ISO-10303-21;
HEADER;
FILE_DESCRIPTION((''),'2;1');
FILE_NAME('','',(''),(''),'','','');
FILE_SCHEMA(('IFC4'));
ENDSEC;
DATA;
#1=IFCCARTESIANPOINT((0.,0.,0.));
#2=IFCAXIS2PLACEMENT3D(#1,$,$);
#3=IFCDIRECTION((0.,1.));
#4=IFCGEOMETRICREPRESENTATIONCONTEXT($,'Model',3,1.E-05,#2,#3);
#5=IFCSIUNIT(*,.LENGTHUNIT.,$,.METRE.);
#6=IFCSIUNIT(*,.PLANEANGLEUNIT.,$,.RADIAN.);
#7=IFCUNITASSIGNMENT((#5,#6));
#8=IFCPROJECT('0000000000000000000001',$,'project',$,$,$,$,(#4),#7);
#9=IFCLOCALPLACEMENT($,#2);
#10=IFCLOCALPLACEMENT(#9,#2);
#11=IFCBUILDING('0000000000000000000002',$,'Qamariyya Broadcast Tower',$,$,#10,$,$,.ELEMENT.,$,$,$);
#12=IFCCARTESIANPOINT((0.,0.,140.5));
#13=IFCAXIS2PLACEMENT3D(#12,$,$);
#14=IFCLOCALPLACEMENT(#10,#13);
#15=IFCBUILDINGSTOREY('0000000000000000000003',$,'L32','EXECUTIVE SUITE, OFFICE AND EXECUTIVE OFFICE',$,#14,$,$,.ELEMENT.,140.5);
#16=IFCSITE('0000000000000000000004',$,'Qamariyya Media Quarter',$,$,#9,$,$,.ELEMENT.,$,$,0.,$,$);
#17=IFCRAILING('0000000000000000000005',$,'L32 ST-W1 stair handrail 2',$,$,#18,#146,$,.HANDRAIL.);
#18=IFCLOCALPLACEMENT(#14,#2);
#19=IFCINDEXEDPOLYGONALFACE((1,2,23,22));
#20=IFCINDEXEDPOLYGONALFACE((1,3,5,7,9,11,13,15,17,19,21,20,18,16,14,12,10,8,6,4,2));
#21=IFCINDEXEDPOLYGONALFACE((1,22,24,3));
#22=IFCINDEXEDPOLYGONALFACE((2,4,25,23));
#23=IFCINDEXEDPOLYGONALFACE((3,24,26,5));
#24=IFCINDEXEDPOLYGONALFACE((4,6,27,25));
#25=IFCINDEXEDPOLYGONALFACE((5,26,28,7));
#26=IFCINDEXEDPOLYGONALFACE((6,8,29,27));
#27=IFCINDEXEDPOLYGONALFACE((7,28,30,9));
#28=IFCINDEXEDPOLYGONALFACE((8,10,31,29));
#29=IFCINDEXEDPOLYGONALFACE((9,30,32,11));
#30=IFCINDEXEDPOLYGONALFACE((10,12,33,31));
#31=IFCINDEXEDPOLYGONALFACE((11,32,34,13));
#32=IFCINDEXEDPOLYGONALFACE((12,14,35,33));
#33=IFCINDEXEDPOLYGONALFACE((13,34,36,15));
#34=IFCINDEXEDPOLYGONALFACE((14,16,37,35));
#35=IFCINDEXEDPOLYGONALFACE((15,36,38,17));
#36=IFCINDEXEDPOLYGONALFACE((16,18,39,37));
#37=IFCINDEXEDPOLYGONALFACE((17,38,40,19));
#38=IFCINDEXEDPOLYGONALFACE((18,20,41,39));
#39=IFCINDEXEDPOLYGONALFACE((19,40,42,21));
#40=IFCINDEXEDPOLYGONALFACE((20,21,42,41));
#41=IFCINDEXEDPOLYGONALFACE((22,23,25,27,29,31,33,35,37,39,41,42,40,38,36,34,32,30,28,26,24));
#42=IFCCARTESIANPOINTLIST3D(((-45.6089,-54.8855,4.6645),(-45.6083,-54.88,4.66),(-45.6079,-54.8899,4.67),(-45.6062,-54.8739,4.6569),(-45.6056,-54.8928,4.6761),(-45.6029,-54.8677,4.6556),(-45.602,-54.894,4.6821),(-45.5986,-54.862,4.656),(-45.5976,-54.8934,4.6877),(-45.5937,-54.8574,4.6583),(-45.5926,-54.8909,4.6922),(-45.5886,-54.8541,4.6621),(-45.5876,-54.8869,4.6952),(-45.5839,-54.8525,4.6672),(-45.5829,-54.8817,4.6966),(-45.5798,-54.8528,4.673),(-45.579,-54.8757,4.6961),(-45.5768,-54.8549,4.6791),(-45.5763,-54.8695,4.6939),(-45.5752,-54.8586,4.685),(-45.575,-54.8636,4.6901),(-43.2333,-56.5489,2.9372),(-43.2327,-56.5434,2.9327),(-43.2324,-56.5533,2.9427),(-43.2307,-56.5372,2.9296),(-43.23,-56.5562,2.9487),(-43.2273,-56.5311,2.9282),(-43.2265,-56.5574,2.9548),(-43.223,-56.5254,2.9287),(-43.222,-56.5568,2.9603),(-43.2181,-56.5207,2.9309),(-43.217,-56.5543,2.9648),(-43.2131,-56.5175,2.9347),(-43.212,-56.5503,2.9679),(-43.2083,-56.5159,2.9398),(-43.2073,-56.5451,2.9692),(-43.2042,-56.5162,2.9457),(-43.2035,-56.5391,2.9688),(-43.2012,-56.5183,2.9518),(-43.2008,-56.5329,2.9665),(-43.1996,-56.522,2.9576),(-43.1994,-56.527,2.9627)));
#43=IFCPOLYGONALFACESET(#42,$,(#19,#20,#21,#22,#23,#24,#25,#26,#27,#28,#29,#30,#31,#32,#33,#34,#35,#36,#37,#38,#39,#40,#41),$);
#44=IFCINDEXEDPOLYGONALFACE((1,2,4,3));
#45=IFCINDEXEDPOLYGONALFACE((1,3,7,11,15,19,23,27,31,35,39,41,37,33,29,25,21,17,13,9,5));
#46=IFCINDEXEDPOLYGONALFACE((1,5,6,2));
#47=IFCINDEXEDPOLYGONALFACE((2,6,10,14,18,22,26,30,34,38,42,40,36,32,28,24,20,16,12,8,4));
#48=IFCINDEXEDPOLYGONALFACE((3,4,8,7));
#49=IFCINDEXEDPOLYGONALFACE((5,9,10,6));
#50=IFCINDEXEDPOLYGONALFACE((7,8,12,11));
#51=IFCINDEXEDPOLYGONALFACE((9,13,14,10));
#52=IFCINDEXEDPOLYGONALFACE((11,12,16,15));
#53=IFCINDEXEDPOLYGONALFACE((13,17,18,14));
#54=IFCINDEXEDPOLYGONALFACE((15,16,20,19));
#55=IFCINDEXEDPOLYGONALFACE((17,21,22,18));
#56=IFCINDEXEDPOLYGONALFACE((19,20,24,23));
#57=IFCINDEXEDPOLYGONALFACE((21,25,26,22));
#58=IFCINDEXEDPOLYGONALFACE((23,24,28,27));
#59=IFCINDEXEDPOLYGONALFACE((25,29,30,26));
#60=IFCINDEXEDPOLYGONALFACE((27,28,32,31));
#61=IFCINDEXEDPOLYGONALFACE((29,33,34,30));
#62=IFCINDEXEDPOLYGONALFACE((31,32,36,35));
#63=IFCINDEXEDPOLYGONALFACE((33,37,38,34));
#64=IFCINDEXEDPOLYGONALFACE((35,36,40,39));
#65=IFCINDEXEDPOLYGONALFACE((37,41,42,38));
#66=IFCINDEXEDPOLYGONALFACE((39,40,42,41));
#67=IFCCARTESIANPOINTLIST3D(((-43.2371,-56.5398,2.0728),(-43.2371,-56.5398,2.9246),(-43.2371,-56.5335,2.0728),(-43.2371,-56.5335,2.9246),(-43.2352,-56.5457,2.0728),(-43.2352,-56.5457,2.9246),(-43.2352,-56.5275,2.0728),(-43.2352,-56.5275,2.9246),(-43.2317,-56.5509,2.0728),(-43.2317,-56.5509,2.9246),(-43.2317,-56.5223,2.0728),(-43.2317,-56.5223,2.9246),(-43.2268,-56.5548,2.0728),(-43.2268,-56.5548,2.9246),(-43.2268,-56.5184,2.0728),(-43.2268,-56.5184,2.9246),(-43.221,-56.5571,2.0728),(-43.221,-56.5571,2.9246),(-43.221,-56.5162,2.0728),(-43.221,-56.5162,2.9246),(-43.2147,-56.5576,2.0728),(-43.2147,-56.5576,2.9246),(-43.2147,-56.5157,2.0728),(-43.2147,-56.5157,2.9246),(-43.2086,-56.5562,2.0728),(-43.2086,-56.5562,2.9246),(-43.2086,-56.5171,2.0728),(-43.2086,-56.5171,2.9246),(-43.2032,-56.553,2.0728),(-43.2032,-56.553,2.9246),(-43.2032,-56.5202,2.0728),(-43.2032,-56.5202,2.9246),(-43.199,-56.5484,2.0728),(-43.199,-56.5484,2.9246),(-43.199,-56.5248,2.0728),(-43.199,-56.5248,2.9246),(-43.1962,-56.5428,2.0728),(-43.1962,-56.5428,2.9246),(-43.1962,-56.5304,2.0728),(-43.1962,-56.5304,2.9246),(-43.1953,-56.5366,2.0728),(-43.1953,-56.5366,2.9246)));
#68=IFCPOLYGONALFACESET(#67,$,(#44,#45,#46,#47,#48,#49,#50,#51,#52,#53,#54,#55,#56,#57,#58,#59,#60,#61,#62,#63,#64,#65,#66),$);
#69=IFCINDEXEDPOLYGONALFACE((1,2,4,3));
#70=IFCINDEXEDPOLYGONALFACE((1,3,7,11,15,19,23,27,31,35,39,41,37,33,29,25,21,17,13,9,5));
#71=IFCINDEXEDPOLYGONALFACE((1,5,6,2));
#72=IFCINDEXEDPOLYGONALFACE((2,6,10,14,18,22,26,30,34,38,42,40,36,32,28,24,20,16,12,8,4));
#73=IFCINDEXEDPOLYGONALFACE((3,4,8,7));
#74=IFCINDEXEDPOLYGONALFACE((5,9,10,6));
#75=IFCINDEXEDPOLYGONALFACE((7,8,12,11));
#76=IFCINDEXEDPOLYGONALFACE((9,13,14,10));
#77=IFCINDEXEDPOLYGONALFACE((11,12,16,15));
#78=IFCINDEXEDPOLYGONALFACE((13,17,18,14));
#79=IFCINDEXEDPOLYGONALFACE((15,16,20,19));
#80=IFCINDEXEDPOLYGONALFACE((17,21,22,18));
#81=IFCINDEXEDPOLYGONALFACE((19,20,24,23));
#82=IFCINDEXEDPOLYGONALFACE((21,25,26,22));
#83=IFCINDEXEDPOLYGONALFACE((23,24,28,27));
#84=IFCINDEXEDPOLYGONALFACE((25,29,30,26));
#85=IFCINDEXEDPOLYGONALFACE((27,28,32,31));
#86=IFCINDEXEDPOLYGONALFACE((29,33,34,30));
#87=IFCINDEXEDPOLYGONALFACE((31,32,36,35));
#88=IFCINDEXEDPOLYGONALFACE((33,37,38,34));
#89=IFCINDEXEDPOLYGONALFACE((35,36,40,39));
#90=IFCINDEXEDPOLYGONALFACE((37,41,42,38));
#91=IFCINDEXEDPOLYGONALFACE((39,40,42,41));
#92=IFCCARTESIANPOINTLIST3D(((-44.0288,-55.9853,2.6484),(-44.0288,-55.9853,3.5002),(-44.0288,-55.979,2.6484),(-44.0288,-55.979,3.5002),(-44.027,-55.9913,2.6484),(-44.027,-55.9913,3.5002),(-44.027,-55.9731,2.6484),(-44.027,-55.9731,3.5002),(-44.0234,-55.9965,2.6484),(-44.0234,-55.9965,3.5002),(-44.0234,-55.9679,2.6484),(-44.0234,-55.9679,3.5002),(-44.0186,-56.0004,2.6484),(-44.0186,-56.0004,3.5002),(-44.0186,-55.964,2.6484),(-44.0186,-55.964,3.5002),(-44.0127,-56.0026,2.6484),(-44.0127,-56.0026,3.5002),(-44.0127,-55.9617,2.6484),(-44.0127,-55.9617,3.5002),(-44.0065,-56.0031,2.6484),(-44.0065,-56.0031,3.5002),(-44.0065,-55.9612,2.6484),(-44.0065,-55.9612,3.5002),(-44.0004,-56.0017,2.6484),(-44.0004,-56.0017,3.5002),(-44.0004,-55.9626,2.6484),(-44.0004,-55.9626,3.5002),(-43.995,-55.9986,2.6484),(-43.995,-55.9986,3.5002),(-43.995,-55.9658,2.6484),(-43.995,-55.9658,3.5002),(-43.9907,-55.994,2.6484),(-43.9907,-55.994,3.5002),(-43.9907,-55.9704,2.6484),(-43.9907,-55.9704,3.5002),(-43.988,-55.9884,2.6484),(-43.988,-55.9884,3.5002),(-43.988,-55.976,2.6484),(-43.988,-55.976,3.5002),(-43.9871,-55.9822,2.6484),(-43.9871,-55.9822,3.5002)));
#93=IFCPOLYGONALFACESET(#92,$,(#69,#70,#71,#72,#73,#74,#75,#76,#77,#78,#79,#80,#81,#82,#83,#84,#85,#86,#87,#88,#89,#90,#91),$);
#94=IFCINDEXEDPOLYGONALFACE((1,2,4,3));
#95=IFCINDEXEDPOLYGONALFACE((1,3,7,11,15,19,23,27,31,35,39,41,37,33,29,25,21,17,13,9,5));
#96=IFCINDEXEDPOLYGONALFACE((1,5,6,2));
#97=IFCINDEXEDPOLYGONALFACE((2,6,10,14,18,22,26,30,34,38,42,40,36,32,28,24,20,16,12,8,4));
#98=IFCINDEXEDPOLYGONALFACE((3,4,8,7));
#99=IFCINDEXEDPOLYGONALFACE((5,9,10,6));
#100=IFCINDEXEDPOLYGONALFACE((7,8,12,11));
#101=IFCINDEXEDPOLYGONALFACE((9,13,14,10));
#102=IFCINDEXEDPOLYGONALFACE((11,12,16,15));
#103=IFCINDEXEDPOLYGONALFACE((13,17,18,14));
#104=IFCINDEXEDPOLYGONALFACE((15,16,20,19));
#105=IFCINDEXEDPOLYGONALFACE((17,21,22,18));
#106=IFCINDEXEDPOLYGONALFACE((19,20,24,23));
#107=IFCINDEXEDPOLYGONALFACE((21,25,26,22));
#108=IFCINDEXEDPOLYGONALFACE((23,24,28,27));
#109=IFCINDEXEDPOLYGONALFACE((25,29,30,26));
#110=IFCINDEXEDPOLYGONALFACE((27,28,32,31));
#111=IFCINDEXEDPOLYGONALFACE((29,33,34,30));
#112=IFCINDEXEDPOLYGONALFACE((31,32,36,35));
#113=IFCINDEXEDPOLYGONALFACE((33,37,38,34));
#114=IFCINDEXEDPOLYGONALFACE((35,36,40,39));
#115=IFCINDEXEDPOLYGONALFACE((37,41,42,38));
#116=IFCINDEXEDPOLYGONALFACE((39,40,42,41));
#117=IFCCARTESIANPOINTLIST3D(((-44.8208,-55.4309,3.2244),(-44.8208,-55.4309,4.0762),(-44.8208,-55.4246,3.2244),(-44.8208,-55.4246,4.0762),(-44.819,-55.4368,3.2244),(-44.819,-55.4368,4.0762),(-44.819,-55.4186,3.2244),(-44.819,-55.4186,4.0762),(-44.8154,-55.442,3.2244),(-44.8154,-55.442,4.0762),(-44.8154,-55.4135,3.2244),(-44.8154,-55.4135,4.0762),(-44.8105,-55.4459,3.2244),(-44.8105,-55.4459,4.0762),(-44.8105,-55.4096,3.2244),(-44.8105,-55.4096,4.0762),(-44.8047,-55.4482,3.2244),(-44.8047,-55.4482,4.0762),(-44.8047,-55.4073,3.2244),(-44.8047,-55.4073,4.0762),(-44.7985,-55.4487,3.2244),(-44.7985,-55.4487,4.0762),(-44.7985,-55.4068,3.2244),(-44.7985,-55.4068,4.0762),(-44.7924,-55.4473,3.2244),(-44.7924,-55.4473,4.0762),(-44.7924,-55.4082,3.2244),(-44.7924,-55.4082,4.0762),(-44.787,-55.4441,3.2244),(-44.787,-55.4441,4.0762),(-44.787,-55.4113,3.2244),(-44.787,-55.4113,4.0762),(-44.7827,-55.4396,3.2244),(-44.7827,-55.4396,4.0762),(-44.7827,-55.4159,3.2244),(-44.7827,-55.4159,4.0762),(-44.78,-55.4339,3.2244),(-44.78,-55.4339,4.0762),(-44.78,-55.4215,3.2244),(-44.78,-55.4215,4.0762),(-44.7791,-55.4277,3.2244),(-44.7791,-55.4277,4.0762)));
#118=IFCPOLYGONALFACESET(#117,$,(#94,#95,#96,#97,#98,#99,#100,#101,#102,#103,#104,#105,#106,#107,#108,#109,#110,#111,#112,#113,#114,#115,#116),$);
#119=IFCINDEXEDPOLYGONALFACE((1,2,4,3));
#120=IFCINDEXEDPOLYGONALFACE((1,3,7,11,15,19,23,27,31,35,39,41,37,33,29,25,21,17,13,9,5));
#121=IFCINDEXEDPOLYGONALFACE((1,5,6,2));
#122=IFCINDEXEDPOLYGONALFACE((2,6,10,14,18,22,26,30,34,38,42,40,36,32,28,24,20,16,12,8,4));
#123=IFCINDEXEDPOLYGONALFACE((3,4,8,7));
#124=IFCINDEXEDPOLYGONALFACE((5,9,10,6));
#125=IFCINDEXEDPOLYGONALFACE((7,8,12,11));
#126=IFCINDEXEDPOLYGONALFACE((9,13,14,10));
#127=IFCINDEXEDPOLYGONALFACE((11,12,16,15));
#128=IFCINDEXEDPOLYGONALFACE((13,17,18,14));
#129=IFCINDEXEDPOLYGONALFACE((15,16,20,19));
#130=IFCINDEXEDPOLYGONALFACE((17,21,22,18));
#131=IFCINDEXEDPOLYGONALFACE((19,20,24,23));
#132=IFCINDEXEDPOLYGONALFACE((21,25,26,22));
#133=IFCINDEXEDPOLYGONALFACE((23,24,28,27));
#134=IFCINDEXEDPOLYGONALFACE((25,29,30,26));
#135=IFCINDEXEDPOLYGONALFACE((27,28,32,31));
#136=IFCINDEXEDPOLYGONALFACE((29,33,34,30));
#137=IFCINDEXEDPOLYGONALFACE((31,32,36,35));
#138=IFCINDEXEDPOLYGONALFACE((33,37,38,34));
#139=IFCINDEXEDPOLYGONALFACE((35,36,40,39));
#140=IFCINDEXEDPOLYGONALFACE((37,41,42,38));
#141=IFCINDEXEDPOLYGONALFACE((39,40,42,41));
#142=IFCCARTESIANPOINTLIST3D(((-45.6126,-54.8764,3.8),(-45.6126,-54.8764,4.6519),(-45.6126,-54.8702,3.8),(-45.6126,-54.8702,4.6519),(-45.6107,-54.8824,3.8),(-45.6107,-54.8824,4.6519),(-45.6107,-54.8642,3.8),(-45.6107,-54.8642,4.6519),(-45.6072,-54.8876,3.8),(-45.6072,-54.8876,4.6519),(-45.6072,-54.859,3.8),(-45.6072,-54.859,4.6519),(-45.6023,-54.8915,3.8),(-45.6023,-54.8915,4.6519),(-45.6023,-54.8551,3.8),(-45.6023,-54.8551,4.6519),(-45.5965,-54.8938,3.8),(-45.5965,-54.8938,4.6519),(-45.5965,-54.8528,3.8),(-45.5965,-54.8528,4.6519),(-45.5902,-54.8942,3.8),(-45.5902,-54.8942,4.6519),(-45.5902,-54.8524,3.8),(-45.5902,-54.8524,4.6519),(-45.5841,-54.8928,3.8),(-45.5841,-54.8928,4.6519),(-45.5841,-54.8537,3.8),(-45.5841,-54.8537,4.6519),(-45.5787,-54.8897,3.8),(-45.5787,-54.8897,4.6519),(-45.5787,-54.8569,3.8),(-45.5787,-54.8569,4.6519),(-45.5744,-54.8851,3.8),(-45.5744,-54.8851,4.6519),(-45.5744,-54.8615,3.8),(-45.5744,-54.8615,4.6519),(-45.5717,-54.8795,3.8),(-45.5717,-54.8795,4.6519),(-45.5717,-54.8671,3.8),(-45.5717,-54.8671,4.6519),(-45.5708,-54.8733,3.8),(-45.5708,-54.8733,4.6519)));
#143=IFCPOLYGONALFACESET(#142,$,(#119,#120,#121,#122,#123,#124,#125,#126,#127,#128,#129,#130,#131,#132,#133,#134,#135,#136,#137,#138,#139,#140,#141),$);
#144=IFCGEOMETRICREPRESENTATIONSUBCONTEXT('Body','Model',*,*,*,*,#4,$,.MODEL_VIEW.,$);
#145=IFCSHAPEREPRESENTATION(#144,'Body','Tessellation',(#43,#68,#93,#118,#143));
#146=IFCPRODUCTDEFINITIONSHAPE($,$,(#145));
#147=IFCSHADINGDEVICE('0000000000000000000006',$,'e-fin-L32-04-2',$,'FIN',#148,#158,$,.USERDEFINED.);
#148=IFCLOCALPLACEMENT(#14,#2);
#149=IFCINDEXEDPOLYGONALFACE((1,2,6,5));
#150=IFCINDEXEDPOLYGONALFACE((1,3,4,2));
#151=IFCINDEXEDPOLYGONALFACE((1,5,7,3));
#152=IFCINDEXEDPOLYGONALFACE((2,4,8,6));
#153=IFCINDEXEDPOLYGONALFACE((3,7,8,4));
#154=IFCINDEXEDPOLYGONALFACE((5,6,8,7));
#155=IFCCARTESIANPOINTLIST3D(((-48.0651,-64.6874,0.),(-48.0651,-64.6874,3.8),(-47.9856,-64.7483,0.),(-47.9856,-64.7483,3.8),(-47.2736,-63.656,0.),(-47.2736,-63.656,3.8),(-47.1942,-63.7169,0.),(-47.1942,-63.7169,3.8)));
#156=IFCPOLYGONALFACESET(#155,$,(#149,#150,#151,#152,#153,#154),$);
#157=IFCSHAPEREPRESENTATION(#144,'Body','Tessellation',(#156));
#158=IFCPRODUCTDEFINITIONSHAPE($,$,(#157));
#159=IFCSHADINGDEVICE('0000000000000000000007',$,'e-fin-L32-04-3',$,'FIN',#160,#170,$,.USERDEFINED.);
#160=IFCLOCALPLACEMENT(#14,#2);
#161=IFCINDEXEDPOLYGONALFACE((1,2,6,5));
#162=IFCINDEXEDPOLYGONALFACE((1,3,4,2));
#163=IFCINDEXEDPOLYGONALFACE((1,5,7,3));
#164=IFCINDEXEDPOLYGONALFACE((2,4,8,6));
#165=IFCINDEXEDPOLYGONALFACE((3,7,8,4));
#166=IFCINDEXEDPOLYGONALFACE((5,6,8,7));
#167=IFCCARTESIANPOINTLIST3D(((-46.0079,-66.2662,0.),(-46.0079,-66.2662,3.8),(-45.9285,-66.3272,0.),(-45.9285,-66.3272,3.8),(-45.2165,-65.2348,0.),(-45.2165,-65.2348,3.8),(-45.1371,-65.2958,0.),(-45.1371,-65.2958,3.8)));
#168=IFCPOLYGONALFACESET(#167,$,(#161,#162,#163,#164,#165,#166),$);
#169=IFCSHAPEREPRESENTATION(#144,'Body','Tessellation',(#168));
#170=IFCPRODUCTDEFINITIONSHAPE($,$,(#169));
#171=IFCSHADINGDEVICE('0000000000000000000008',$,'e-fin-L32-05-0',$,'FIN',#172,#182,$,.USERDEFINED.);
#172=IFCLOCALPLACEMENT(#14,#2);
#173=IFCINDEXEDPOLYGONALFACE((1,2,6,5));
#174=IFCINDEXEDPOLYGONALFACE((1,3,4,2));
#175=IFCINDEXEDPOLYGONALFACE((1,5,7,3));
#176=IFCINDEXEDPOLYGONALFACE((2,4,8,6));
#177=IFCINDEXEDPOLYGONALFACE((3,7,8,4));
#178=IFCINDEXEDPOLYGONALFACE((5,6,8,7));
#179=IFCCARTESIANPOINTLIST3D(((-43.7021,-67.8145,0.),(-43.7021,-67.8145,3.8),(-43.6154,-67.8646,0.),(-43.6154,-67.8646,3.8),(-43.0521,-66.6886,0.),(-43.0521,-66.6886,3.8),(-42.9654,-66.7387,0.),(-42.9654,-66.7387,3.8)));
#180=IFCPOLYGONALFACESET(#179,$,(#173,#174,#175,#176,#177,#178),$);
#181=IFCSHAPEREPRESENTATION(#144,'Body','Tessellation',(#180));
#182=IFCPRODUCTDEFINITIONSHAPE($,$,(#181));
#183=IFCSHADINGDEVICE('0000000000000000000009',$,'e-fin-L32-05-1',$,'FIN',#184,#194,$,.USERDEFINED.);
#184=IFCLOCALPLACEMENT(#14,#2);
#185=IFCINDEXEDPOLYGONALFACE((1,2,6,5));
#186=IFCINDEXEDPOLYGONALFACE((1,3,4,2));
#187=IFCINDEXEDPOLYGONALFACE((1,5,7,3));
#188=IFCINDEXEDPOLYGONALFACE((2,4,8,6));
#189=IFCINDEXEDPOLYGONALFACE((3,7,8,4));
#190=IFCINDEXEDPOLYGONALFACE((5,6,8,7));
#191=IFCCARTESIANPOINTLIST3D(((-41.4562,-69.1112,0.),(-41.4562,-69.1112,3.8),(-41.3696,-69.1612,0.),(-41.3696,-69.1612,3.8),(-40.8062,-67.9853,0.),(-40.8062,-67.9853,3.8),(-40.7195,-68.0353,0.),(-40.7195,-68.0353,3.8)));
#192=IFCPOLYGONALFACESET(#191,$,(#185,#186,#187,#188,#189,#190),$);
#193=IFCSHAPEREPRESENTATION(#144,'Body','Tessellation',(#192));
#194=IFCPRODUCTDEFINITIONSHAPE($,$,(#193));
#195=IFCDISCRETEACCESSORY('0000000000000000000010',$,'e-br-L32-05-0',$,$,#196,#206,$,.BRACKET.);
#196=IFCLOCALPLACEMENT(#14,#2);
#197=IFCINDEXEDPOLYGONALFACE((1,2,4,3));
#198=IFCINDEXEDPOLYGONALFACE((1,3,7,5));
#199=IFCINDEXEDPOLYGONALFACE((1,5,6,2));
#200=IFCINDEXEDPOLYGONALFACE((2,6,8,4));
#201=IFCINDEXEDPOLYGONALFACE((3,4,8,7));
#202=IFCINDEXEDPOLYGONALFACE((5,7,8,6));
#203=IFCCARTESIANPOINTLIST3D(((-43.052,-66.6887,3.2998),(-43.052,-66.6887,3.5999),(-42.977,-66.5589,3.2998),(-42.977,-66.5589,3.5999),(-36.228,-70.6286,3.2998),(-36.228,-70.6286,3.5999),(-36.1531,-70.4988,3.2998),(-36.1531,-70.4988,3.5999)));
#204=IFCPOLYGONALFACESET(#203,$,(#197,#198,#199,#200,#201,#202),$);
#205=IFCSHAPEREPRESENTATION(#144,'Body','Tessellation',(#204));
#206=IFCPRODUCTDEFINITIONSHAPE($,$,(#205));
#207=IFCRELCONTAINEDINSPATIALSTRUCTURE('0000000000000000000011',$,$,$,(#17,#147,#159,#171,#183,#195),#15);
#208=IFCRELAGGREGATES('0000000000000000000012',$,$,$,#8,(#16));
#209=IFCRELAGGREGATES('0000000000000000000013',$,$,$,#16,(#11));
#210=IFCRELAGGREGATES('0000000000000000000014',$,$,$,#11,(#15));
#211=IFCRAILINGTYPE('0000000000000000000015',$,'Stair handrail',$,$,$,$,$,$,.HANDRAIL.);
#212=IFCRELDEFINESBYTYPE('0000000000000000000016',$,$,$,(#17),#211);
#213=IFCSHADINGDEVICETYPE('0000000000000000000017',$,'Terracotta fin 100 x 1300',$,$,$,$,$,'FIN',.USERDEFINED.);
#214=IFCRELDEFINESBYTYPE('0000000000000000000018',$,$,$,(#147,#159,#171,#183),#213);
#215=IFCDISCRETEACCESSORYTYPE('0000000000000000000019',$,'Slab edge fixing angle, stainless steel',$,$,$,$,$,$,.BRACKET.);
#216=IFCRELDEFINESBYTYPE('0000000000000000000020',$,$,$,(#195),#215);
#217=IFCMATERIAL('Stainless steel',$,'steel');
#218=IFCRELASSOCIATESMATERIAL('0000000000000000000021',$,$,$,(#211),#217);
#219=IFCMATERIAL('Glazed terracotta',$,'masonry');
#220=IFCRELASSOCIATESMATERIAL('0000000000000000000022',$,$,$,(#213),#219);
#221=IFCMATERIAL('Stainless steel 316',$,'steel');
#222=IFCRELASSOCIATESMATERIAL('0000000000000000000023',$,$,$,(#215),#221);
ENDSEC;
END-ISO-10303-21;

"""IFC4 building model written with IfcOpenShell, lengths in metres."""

from ifc_helpers import new_model, si_unit, direction, frame, origin, origin_2d, place, context, subcontext, project, spatial, rectangle, circle, extrude, material, material_profile, profile_set, type_object, element, save


model = new_model("IFC4")

# Units and contexts
model_context = context("Model", 3, precision=1e-05, world=origin(), true_north=direction((0.0, 1.0)))
body_context = subcontext(model_context, "Body", "Model", "MODEL_VIEW")
ifc_project = project(units=[si_unit("LENGTHUNIT", "METRE"), si_unit("PLANEANGLEUNIT", "RADIAN")], contexts=[model_context])

# Site, building, storey
site_placement = place(None, origin())
site = spatial("IfcSite", under=ifc_project, at=site_placement, Name="Qamariyya Media Quarter", CompositionType="ELEMENT", RefElevation=0.0)
building_placement = place(site_placement, origin())
building = spatial("IfcBuilding", under=site, at=building_placement, Name="Qamariyya Broadcast Tower", CompositionType="ELEMENT")
storey_placement = place(building_placement, frame((0.0, 0.0, 140.5)))
storey = spatial("IfcBuildingStorey", under=building, at=storey_placement, Name="L32", Description="EXECUTIVE SUITE, OFFICE AND EXECUTIVE OFFICE", CompositionType="ELEMENT", Elevation=140.5)

# Railing
ifc_material_1 = material(Name="Stainless steel", Category="steel")
railing_type_1 = type_object("IfcRailingType", Name="Stair handrail", PredefinedType="HANDRAIL", material=ifc_material_1)
railing_1_placement = place(storey_placement, frame((-43.2163, -56.5366, 2.0728)))
element("IfcRailing", 1, at=railing_1_placement, inside=storey, type_object=railing_type_1, Name="L32 ST-W1 stair handrail 2", PredefinedType="HANDRAIL", context=body_context, shape_type="SweptSolid", body=[
    extrude(circle(Radius=0.0239, at=origin_2d()), frame((0.0, 0.0, 0.876), z_axis=(-0.70377, 0.492784, 0.511734), x_axis=(-0.573575, -0.819153, 0.0)), (0.0, 0.0, 1.0), 3.3755),
    extrude(circle(Radius=0.021, at=origin_2d()), origin(), (0.0, 0.0, 1.0), 0.8518),
    extrude(circle(Radius=0.021, at=origin_2d()), frame((-0.7917, 0.5544, 0.5757)), (0.0, 0.0, 1.0), 0.8518),
    extrude(circle(Radius=0.021, at=origin_2d()), frame((-1.5837, 1.1089, 1.1516)), (0.0, 0.0, 1.0), 0.8518),
    extrude(circle(Radius=0.021, at=origin_2d()), frame((-2.3755, 1.6633, 1.7273)), (0.0, 0.0, 1.0), 0.8518),
])

# Shading devices
ifc_material_2 = material(Name="Glazed terracotta", Category="masonry")
ifc_material_profile_1 = material_profile(ifc_material_2, rectangle(XDim=1.3, YDim=0.1001, at=origin_2d()))
ifc_profile_set_1 = profile_set([ifc_material_profile_1], Name="Glazed terracotta")
shading_device_type_1 = type_object("IfcShadingDeviceType", Name="Terracotta fin 100 x 1300", ElementType="FIN", PredefinedType="USERDEFINED", material=ifc_profile_set_1)
for number, where, z_axis, x_axis, name in (
    (2, (-47.6296, -64.2021, 0.0), (0.0, 0.0, 1.0), (-0.608761, -0.793353, 0.0), "e-fin-L32-04-2"),
    (3, (-45.5725, -65.781, 0.0), (0.0, 0.0, 1.0), (-0.608761, -0.793353, 0.0), "e-fin-L32-04-3"),
    (4, (-43.3337, -67.2766, 0.0), (0.0, 0.0, 1.0), (-0.5, -0.866025, 0.0), "e-fin-L32-05-0"),
    (5, (-41.0879, -68.5732, 0.0), (0.0, 0.0, 1.0), (-0.5, -0.866025, 0.0), "e-fin-L32-05-1"),
):
    element("IfcShadingDevice", number, at=place(storey_placement, frame(where, z_axis=z_axis, x_axis=x_axis)), inside=storey, type_object=shading_device_type_1, Name=name, ObjectType="FIN", PredefinedType="USERDEFINED", context=body_context, shape_type="SweptSolid", body=[
        extrude(rectangle(XDim=1.3, YDim=0.1001, at=origin_2d()), origin(), (0.0, 0.0, 1.0), 3.8),
    ])

# Discrete accessory
ifc_material_3 = material(Name="Stainless steel 316", Category="steel")
discrete_accessory_type = type_object("IfcDiscreteAccessoryType", Name="Slab edge fixing angle, stainless steel", PredefinedType="BRACKET", material=ifc_material_3)
discrete_accessory_placement = place(storey_placement, frame((-39.6025, -68.5938, 3.2998), z_axis=(0.0, 0.0, 1.0), x_axis=(0.866025, -0.5, 0.0)))
element("IfcDiscreteAccessory", 6, at=discrete_accessory_placement, inside=storey, type_object=discrete_accessory_type, Name="e-br-L32-05-0", PredefinedType="BRACKET", context=body_context, shape_type="SweptSolid", body=[
    extrude(rectangle(XDim=7.8796, YDim=0.1499, at=origin_2d()), origin(), (0.0, 0.0, 1.0), 0.3),
])

save(model, "model.ifc")
